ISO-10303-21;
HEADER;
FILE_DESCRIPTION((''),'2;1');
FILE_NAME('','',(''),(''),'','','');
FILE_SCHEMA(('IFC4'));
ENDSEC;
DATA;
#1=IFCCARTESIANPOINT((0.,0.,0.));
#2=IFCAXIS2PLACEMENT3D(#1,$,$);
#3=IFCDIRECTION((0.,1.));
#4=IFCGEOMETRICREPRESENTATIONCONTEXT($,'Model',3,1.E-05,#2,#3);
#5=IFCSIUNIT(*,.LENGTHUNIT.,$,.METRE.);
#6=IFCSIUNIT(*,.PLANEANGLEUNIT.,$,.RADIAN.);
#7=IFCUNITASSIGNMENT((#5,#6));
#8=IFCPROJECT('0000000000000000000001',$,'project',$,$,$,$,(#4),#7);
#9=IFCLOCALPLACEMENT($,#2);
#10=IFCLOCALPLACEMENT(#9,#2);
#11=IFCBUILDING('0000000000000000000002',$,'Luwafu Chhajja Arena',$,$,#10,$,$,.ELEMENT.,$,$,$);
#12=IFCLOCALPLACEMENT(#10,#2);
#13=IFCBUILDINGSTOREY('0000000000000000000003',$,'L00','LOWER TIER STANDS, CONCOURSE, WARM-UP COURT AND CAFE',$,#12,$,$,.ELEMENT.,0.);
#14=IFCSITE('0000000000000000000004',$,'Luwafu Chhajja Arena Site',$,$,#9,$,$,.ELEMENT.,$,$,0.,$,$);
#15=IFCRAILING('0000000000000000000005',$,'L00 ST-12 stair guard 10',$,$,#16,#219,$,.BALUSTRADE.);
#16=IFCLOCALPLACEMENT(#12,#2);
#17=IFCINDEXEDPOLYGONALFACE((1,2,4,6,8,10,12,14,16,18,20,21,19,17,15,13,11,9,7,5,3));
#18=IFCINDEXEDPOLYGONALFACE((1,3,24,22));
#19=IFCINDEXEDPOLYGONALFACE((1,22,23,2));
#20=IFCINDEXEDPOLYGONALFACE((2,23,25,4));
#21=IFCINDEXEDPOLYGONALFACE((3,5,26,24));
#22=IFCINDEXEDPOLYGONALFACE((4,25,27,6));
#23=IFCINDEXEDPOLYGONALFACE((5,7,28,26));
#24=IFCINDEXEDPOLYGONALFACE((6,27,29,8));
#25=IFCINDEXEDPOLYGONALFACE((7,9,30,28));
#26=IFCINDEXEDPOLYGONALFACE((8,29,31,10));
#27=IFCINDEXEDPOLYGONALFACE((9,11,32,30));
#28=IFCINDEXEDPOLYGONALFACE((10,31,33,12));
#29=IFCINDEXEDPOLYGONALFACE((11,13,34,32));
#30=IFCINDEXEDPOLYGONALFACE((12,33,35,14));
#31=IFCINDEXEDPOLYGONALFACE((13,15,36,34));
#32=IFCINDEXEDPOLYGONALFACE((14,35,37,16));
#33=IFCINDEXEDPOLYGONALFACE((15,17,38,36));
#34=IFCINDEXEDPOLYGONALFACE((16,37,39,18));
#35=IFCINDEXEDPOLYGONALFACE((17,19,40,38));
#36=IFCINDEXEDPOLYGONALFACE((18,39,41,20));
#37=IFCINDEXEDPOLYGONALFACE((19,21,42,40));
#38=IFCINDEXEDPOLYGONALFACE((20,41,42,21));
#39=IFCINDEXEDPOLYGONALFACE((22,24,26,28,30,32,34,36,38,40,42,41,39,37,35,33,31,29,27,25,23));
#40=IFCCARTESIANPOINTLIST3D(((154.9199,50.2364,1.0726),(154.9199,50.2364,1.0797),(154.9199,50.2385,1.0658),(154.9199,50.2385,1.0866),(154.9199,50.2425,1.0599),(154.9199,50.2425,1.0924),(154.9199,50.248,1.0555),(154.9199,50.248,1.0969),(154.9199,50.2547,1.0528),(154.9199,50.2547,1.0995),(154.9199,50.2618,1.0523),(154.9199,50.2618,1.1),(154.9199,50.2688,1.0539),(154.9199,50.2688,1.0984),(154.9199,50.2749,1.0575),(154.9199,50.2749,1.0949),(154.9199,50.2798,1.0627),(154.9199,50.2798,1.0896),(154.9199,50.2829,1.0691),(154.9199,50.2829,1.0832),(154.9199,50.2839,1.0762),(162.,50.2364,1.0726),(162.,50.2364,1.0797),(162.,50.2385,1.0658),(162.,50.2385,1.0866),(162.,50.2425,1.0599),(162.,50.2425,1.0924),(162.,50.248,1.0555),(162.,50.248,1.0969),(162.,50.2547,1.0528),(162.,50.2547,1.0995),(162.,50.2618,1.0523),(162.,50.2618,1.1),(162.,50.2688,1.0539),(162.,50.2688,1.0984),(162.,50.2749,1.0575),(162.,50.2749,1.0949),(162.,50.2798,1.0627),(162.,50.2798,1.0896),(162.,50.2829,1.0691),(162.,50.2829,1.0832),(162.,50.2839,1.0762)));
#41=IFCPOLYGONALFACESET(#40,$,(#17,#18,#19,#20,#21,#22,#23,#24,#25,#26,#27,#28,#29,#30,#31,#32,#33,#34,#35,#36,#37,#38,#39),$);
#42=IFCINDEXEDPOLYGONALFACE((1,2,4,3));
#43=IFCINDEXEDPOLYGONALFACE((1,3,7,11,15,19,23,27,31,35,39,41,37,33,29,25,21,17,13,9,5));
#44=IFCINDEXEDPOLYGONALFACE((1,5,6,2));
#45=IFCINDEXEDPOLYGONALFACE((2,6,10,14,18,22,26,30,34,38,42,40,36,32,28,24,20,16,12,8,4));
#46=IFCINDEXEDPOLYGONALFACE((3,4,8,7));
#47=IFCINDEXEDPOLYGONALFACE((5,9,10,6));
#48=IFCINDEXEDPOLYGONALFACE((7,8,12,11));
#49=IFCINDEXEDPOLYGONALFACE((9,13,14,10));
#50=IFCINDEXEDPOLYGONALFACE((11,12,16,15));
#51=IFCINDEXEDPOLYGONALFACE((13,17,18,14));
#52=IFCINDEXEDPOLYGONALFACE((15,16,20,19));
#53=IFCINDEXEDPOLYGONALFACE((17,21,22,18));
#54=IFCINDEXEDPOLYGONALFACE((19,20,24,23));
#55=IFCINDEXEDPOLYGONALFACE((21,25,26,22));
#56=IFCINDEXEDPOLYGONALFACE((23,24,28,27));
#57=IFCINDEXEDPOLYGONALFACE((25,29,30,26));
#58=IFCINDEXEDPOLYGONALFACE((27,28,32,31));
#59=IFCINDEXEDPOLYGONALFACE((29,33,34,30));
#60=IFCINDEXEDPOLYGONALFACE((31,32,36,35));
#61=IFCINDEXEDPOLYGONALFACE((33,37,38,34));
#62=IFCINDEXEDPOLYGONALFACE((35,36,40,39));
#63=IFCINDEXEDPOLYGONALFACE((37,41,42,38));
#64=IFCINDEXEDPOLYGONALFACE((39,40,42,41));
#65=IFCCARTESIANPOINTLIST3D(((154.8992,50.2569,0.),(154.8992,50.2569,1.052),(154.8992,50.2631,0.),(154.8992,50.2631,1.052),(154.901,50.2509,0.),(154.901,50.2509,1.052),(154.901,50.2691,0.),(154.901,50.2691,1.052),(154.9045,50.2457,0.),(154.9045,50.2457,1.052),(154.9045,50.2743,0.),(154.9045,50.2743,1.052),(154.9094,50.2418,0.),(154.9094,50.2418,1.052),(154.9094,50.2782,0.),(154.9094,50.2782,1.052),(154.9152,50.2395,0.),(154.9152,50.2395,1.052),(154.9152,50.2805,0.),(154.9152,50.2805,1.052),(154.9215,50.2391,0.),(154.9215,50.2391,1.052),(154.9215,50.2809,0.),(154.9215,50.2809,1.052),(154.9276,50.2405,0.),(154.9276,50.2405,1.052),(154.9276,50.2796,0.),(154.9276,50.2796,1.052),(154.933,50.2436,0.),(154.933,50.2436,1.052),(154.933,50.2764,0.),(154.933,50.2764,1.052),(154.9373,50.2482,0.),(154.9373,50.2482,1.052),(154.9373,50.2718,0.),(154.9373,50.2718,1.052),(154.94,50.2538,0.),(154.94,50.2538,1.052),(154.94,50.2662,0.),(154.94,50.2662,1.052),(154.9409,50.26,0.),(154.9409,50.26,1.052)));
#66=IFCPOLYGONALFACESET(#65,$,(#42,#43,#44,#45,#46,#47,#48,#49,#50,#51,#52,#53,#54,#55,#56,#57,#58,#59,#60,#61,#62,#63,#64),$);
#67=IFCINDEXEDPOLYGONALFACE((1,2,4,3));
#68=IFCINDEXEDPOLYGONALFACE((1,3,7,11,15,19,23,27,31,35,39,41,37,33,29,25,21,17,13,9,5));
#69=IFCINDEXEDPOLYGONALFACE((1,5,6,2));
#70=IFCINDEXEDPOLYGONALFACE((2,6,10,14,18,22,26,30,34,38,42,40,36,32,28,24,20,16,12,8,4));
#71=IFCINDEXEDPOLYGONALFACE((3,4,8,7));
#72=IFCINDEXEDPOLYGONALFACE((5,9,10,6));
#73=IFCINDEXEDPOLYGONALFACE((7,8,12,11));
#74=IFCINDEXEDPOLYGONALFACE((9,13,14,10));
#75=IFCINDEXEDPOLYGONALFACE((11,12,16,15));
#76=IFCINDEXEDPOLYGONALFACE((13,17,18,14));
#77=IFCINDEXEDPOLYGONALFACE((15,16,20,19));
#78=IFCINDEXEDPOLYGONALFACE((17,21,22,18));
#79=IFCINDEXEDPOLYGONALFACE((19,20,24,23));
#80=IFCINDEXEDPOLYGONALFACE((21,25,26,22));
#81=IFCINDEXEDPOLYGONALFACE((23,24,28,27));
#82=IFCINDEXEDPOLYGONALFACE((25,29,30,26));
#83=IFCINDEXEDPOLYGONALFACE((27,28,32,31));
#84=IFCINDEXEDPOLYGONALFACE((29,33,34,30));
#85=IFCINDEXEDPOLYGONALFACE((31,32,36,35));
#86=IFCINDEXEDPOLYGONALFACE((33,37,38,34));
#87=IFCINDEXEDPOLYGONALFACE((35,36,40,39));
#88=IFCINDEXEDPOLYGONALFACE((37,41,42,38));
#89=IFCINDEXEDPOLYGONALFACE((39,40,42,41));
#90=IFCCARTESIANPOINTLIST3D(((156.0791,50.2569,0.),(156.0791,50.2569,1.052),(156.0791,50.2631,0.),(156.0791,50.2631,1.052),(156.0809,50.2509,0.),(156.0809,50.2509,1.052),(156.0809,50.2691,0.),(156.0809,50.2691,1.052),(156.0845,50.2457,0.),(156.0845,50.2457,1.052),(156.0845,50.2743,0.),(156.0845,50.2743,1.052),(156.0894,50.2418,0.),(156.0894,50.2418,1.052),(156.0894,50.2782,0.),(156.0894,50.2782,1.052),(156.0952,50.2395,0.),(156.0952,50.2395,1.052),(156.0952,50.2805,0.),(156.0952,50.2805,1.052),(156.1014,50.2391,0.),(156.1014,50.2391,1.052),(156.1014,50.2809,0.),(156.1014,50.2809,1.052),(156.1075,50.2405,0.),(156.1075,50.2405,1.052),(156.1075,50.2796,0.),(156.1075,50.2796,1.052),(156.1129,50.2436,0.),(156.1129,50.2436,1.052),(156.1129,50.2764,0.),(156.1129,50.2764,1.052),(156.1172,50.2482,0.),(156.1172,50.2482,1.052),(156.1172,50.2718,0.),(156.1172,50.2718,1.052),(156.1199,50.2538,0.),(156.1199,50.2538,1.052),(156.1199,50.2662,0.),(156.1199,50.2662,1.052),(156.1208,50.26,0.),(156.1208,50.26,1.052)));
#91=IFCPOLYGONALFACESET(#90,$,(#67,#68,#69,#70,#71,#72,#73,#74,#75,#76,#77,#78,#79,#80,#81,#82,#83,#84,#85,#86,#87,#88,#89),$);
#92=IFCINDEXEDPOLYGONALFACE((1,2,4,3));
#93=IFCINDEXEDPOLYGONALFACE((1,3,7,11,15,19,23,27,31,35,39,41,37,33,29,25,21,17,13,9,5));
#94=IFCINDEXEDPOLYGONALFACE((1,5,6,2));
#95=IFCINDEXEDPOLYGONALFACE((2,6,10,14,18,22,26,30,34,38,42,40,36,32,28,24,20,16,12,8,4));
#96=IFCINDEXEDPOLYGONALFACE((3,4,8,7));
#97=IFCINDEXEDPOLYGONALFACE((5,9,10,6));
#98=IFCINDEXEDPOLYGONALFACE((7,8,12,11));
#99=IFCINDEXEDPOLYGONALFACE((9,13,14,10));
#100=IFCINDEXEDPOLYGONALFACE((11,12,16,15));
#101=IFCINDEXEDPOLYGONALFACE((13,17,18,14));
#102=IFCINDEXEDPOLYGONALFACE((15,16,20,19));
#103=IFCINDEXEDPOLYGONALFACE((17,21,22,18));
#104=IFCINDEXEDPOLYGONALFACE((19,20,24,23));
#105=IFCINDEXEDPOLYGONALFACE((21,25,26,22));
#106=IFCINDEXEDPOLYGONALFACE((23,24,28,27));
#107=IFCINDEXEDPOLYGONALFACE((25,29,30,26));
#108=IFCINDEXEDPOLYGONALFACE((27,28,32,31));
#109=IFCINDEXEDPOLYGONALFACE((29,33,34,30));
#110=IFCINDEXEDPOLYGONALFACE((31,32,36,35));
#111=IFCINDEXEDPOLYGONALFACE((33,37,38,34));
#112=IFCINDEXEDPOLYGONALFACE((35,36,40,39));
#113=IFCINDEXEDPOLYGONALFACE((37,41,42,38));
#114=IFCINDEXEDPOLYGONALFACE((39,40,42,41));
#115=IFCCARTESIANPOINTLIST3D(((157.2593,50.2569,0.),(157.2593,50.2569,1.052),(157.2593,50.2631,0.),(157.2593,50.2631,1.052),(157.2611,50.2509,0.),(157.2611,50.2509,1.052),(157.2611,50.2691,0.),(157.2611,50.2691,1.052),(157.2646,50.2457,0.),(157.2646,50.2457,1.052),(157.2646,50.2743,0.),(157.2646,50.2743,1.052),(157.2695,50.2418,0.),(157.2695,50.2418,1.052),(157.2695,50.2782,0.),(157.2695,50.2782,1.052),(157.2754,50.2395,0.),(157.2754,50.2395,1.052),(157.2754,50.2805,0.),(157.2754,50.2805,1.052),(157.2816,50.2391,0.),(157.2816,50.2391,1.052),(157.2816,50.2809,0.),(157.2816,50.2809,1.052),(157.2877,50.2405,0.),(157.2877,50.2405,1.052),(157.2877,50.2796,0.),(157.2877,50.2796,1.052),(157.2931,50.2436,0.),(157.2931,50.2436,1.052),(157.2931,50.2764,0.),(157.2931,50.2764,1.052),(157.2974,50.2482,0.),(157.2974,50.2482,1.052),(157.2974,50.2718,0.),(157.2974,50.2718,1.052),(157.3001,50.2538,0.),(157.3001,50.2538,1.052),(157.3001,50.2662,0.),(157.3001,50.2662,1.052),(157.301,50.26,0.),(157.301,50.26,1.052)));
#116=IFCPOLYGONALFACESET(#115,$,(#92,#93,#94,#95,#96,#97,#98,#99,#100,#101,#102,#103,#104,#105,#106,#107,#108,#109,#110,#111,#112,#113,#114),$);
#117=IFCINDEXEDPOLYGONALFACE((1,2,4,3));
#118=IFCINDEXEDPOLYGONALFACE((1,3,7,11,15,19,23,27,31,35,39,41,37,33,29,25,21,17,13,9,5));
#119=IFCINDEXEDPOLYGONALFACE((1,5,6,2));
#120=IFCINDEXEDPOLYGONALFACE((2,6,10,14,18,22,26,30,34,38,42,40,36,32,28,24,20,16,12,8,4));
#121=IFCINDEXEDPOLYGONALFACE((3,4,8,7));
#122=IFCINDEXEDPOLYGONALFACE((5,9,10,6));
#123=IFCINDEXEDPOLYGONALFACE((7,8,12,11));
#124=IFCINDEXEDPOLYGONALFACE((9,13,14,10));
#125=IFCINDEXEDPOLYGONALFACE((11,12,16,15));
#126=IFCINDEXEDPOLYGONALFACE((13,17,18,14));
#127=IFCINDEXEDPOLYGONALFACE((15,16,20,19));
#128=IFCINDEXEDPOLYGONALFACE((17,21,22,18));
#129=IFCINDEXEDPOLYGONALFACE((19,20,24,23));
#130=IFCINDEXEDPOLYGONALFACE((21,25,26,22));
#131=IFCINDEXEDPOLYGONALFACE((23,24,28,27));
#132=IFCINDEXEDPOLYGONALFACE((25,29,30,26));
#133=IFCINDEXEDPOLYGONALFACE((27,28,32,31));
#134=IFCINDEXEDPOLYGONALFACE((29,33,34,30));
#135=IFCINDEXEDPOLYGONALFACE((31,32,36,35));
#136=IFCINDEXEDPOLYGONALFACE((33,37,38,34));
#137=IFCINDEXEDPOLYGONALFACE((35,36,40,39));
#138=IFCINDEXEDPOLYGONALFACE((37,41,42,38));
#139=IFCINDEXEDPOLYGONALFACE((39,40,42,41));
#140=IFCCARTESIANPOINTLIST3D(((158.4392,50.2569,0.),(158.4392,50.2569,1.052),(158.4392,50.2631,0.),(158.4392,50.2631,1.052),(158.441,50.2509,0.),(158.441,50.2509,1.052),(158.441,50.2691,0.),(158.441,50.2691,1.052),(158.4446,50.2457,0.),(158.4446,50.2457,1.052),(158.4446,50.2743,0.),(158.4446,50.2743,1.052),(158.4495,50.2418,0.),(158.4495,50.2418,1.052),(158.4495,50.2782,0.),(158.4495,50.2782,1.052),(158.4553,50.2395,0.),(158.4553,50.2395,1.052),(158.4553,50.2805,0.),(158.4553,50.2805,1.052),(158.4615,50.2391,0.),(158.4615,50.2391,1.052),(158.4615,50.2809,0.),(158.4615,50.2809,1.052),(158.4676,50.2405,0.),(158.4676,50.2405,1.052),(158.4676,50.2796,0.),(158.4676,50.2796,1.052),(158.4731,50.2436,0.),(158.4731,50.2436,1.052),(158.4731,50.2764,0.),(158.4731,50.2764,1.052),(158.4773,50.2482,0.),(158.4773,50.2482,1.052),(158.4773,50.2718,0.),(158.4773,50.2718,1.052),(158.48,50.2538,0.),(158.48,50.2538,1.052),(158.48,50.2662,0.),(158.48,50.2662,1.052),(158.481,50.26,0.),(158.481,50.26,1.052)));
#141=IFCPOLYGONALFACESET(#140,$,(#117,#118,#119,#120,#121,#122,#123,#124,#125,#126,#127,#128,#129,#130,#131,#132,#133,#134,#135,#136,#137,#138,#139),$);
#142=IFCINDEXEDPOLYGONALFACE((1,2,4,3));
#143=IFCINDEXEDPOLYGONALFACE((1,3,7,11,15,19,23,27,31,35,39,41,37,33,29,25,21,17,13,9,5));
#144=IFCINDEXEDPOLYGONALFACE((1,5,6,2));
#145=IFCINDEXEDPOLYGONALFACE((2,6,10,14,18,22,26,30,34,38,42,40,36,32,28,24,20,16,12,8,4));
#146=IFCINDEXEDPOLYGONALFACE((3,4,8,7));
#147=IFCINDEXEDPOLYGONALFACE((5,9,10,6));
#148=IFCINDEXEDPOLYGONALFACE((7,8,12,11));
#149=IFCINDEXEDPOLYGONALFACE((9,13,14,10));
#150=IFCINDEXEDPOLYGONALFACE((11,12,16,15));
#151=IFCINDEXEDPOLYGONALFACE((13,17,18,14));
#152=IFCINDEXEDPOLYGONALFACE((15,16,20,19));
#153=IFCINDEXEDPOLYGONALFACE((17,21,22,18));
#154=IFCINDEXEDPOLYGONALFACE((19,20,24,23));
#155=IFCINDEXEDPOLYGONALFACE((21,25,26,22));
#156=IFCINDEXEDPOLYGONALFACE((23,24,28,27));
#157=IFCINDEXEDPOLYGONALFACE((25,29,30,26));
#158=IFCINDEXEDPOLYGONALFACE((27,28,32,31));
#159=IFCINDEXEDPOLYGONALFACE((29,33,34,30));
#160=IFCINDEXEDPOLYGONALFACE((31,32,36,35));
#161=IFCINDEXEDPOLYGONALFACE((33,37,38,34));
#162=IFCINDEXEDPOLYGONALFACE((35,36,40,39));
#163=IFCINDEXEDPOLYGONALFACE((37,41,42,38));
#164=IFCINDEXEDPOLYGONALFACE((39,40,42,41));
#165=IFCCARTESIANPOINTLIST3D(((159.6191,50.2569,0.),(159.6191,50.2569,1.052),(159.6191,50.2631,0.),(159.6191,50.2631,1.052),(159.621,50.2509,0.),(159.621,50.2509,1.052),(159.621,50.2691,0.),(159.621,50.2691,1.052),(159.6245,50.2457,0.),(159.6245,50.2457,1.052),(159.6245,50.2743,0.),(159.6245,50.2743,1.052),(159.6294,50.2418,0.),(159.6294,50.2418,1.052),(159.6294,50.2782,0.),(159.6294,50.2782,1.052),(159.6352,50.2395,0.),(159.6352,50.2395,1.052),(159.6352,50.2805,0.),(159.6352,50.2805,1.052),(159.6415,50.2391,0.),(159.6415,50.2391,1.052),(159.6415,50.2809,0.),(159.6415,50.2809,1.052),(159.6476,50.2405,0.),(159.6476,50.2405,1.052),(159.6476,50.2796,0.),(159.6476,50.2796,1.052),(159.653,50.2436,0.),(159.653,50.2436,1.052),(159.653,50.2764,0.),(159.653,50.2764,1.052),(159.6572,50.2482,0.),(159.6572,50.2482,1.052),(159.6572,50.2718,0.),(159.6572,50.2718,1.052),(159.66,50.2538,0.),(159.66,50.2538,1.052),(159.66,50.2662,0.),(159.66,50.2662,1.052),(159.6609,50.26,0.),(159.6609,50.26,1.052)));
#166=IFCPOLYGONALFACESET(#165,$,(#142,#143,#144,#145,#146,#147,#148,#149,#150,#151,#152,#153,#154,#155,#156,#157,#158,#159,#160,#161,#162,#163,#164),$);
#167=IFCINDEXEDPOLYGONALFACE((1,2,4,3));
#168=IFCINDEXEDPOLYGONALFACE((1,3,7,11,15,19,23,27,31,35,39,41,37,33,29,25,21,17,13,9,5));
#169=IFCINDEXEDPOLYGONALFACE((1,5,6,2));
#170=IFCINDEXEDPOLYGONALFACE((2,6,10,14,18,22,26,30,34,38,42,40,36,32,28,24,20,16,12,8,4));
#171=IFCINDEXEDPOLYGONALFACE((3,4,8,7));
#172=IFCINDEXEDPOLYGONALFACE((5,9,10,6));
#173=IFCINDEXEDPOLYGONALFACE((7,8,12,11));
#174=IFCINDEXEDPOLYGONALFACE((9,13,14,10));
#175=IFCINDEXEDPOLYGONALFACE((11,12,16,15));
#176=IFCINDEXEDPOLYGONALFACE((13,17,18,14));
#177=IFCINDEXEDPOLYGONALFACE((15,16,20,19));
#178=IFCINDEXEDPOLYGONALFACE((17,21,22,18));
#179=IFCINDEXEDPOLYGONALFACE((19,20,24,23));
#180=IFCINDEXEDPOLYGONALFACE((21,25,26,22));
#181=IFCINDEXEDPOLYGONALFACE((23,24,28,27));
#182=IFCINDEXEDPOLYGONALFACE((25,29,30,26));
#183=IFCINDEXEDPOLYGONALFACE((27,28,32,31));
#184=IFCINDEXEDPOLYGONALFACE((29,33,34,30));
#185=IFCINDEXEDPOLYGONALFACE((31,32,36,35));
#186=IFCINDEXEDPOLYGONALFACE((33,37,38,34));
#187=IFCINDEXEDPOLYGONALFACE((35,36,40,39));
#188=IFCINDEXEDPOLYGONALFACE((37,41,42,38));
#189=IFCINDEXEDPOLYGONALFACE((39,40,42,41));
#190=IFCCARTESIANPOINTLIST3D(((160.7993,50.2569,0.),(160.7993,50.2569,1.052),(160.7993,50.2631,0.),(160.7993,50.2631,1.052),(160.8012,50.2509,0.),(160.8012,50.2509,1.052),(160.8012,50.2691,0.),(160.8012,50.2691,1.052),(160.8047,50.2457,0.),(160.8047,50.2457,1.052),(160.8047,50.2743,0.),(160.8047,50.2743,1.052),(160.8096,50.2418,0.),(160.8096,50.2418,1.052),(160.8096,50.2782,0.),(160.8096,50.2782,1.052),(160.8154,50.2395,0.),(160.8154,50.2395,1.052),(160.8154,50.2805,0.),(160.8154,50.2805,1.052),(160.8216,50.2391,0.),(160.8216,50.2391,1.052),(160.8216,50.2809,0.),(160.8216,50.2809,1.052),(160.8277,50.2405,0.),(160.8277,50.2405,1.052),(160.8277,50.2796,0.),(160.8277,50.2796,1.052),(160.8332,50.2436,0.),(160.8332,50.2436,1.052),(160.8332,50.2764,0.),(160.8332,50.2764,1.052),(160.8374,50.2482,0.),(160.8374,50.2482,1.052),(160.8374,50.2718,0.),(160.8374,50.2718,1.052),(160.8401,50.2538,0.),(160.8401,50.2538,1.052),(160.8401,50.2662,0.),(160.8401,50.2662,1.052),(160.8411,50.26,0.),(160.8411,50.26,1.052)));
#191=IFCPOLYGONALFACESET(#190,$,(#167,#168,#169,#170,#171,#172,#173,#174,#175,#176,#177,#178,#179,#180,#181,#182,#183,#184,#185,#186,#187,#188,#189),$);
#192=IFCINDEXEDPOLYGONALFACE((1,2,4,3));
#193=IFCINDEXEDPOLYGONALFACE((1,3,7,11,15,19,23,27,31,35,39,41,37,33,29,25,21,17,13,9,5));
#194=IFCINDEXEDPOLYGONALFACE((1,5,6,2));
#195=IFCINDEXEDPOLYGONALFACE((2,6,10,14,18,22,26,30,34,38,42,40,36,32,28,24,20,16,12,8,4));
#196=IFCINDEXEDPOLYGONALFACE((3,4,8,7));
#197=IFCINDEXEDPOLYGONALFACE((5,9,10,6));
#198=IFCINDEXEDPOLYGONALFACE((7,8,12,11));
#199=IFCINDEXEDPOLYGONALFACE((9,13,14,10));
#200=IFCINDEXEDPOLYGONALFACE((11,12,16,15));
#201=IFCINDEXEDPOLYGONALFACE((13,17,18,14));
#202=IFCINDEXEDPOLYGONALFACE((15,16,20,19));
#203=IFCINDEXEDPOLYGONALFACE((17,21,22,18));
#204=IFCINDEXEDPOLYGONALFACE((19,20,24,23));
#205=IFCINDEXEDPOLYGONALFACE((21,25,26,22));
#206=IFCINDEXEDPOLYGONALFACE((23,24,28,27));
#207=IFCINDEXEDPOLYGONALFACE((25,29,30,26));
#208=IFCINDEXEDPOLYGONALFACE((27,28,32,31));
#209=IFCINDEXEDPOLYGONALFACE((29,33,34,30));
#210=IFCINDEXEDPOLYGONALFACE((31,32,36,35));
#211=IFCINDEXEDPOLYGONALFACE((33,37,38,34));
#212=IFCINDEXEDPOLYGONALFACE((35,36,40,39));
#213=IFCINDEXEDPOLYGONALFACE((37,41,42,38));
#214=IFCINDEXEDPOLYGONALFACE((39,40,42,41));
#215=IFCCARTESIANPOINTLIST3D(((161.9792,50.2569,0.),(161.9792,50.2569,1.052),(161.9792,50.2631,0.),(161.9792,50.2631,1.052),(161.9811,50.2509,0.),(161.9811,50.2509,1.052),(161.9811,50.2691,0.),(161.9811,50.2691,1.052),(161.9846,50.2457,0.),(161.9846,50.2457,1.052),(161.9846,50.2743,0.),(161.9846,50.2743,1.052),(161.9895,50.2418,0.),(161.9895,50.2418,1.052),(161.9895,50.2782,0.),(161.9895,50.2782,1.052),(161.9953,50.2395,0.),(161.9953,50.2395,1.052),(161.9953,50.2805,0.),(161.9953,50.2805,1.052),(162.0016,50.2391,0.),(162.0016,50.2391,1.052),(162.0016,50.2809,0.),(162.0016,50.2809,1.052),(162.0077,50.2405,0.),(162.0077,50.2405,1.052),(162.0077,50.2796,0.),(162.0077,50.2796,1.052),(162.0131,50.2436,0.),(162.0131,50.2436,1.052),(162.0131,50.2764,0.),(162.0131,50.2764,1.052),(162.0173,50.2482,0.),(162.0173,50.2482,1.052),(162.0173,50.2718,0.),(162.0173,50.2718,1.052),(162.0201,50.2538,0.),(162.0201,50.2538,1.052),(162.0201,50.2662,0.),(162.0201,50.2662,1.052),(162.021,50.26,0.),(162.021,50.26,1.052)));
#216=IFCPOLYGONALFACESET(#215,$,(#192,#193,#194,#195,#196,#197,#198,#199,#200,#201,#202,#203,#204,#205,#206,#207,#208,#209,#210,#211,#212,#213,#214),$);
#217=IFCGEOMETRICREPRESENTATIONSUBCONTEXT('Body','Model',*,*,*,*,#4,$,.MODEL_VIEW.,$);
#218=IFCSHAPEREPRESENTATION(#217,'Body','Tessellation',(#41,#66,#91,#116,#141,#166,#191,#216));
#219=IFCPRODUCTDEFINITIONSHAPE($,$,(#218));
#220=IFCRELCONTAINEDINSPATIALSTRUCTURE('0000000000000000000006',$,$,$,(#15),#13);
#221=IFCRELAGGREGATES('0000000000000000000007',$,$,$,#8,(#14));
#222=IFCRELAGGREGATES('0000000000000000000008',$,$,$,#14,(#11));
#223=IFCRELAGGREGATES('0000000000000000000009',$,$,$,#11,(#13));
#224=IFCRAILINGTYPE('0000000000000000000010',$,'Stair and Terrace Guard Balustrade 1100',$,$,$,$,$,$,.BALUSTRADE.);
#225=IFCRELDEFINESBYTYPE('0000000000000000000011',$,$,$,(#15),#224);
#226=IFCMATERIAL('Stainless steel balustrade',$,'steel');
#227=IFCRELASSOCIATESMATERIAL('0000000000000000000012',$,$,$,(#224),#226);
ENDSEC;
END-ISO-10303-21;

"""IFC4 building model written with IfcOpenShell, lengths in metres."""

from ifc_helpers import new_model, si_unit, direction, frame, origin, origin_2d, place, context, subcontext, project, spatial, circle, extrude, material, type_object, element, save


model = new_model("IFC4")

# Units and contexts
model_context = context("Model", 3, precision=1e-05, world=origin(), true_north=direction((0.0, 1.0)))
body_context = subcontext(model_context, "Body", "Model", "MODEL_VIEW")
ifc_project = project(units=[si_unit("LENGTHUNIT", "METRE"), si_unit("PLANEANGLEUNIT", "RADIAN")], contexts=[model_context])

# Site, building, storey
site_placement = place(None, origin())
site = spatial("IfcSite", under=ifc_project, at=site_placement, Name="Luwafu Chhajja Arena Site", CompositionType="ELEMENT", RefElevation=0.0)
building_placement = place(site_placement, origin())
building = spatial("IfcBuilding", under=site, at=building_placement, Name="Luwafu Chhajja Arena", CompositionType="ELEMENT")
storey_placement = place(building_placement, origin())
storey = spatial("IfcBuildingStorey", under=building, at=storey_placement, Name="L00", Description="LOWER TIER STANDS, CONCOURSE, WARM-UP COURT AND CAFE", CompositionType="ELEMENT", Elevation=0.0)

# Railing
ifc_material_1 = material(Name="Stainless steel balustrade", Category="steel")
railing_type_1 = type_object("IfcRailingType", Name="Stair and Terrace Guard Balustrade 1100", PredefinedType="BALUSTRADE", material=ifc_material_1)
for number, where, name in (
    (1, (154.9199, 50.26, 0.0), "L00 ST-12 stair guard 10"),
):
    element("IfcRailing", number, at=place(storey_placement, frame(where)), inside=storey, type_object=railing_type_1, Name=name, PredefinedType="BALUSTRADE", context=body_context, shape_type="SweptSolid", body=[
        extrude(circle(Radius=0.0239, at=origin_2d()), frame((0.0, 0.0, 1.0762), z_axis=(1.0, 0.0, 0.0), x_axis=(0.0, 1.0, 0.0)), (0.0, 0.0, 1.0), 7.0801),
        extrude(circle(Radius=0.021, at=origin_2d()), origin(), (0.0, 0.0, 1.0), 1.052),
        extrude(circle(Radius=0.021, at=origin_2d()), frame((1.1799, 0.0, 0.0)), (0.0, 0.0, 1.0), 1.052),
        extrude(circle(Radius=0.021, at=origin_2d()), frame((2.3601, 0.0, 0.0)), (0.0, 0.0, 1.0), 1.052),
        extrude(circle(Radius=0.021, at=origin_2d()), frame((3.54, 0.0, 0.0)), (0.0, 0.0, 1.0), 1.052),
        extrude(circle(Radius=0.021, at=origin_2d()), frame((4.72, 0.0, 0.0)), (0.0, 0.0, 1.0), 1.052),
        extrude(circle(Radius=0.021, at=origin_2d()), frame((5.9001, 0.0, 0.0)), (0.0, 0.0, 1.0), 1.052),
        extrude(circle(Radius=0.021, at=origin_2d()), frame((7.0801, 0.0, 0.0)), (0.0, 0.0, 1.0), 1.052),
    ])

save(model, "model.ifc")
